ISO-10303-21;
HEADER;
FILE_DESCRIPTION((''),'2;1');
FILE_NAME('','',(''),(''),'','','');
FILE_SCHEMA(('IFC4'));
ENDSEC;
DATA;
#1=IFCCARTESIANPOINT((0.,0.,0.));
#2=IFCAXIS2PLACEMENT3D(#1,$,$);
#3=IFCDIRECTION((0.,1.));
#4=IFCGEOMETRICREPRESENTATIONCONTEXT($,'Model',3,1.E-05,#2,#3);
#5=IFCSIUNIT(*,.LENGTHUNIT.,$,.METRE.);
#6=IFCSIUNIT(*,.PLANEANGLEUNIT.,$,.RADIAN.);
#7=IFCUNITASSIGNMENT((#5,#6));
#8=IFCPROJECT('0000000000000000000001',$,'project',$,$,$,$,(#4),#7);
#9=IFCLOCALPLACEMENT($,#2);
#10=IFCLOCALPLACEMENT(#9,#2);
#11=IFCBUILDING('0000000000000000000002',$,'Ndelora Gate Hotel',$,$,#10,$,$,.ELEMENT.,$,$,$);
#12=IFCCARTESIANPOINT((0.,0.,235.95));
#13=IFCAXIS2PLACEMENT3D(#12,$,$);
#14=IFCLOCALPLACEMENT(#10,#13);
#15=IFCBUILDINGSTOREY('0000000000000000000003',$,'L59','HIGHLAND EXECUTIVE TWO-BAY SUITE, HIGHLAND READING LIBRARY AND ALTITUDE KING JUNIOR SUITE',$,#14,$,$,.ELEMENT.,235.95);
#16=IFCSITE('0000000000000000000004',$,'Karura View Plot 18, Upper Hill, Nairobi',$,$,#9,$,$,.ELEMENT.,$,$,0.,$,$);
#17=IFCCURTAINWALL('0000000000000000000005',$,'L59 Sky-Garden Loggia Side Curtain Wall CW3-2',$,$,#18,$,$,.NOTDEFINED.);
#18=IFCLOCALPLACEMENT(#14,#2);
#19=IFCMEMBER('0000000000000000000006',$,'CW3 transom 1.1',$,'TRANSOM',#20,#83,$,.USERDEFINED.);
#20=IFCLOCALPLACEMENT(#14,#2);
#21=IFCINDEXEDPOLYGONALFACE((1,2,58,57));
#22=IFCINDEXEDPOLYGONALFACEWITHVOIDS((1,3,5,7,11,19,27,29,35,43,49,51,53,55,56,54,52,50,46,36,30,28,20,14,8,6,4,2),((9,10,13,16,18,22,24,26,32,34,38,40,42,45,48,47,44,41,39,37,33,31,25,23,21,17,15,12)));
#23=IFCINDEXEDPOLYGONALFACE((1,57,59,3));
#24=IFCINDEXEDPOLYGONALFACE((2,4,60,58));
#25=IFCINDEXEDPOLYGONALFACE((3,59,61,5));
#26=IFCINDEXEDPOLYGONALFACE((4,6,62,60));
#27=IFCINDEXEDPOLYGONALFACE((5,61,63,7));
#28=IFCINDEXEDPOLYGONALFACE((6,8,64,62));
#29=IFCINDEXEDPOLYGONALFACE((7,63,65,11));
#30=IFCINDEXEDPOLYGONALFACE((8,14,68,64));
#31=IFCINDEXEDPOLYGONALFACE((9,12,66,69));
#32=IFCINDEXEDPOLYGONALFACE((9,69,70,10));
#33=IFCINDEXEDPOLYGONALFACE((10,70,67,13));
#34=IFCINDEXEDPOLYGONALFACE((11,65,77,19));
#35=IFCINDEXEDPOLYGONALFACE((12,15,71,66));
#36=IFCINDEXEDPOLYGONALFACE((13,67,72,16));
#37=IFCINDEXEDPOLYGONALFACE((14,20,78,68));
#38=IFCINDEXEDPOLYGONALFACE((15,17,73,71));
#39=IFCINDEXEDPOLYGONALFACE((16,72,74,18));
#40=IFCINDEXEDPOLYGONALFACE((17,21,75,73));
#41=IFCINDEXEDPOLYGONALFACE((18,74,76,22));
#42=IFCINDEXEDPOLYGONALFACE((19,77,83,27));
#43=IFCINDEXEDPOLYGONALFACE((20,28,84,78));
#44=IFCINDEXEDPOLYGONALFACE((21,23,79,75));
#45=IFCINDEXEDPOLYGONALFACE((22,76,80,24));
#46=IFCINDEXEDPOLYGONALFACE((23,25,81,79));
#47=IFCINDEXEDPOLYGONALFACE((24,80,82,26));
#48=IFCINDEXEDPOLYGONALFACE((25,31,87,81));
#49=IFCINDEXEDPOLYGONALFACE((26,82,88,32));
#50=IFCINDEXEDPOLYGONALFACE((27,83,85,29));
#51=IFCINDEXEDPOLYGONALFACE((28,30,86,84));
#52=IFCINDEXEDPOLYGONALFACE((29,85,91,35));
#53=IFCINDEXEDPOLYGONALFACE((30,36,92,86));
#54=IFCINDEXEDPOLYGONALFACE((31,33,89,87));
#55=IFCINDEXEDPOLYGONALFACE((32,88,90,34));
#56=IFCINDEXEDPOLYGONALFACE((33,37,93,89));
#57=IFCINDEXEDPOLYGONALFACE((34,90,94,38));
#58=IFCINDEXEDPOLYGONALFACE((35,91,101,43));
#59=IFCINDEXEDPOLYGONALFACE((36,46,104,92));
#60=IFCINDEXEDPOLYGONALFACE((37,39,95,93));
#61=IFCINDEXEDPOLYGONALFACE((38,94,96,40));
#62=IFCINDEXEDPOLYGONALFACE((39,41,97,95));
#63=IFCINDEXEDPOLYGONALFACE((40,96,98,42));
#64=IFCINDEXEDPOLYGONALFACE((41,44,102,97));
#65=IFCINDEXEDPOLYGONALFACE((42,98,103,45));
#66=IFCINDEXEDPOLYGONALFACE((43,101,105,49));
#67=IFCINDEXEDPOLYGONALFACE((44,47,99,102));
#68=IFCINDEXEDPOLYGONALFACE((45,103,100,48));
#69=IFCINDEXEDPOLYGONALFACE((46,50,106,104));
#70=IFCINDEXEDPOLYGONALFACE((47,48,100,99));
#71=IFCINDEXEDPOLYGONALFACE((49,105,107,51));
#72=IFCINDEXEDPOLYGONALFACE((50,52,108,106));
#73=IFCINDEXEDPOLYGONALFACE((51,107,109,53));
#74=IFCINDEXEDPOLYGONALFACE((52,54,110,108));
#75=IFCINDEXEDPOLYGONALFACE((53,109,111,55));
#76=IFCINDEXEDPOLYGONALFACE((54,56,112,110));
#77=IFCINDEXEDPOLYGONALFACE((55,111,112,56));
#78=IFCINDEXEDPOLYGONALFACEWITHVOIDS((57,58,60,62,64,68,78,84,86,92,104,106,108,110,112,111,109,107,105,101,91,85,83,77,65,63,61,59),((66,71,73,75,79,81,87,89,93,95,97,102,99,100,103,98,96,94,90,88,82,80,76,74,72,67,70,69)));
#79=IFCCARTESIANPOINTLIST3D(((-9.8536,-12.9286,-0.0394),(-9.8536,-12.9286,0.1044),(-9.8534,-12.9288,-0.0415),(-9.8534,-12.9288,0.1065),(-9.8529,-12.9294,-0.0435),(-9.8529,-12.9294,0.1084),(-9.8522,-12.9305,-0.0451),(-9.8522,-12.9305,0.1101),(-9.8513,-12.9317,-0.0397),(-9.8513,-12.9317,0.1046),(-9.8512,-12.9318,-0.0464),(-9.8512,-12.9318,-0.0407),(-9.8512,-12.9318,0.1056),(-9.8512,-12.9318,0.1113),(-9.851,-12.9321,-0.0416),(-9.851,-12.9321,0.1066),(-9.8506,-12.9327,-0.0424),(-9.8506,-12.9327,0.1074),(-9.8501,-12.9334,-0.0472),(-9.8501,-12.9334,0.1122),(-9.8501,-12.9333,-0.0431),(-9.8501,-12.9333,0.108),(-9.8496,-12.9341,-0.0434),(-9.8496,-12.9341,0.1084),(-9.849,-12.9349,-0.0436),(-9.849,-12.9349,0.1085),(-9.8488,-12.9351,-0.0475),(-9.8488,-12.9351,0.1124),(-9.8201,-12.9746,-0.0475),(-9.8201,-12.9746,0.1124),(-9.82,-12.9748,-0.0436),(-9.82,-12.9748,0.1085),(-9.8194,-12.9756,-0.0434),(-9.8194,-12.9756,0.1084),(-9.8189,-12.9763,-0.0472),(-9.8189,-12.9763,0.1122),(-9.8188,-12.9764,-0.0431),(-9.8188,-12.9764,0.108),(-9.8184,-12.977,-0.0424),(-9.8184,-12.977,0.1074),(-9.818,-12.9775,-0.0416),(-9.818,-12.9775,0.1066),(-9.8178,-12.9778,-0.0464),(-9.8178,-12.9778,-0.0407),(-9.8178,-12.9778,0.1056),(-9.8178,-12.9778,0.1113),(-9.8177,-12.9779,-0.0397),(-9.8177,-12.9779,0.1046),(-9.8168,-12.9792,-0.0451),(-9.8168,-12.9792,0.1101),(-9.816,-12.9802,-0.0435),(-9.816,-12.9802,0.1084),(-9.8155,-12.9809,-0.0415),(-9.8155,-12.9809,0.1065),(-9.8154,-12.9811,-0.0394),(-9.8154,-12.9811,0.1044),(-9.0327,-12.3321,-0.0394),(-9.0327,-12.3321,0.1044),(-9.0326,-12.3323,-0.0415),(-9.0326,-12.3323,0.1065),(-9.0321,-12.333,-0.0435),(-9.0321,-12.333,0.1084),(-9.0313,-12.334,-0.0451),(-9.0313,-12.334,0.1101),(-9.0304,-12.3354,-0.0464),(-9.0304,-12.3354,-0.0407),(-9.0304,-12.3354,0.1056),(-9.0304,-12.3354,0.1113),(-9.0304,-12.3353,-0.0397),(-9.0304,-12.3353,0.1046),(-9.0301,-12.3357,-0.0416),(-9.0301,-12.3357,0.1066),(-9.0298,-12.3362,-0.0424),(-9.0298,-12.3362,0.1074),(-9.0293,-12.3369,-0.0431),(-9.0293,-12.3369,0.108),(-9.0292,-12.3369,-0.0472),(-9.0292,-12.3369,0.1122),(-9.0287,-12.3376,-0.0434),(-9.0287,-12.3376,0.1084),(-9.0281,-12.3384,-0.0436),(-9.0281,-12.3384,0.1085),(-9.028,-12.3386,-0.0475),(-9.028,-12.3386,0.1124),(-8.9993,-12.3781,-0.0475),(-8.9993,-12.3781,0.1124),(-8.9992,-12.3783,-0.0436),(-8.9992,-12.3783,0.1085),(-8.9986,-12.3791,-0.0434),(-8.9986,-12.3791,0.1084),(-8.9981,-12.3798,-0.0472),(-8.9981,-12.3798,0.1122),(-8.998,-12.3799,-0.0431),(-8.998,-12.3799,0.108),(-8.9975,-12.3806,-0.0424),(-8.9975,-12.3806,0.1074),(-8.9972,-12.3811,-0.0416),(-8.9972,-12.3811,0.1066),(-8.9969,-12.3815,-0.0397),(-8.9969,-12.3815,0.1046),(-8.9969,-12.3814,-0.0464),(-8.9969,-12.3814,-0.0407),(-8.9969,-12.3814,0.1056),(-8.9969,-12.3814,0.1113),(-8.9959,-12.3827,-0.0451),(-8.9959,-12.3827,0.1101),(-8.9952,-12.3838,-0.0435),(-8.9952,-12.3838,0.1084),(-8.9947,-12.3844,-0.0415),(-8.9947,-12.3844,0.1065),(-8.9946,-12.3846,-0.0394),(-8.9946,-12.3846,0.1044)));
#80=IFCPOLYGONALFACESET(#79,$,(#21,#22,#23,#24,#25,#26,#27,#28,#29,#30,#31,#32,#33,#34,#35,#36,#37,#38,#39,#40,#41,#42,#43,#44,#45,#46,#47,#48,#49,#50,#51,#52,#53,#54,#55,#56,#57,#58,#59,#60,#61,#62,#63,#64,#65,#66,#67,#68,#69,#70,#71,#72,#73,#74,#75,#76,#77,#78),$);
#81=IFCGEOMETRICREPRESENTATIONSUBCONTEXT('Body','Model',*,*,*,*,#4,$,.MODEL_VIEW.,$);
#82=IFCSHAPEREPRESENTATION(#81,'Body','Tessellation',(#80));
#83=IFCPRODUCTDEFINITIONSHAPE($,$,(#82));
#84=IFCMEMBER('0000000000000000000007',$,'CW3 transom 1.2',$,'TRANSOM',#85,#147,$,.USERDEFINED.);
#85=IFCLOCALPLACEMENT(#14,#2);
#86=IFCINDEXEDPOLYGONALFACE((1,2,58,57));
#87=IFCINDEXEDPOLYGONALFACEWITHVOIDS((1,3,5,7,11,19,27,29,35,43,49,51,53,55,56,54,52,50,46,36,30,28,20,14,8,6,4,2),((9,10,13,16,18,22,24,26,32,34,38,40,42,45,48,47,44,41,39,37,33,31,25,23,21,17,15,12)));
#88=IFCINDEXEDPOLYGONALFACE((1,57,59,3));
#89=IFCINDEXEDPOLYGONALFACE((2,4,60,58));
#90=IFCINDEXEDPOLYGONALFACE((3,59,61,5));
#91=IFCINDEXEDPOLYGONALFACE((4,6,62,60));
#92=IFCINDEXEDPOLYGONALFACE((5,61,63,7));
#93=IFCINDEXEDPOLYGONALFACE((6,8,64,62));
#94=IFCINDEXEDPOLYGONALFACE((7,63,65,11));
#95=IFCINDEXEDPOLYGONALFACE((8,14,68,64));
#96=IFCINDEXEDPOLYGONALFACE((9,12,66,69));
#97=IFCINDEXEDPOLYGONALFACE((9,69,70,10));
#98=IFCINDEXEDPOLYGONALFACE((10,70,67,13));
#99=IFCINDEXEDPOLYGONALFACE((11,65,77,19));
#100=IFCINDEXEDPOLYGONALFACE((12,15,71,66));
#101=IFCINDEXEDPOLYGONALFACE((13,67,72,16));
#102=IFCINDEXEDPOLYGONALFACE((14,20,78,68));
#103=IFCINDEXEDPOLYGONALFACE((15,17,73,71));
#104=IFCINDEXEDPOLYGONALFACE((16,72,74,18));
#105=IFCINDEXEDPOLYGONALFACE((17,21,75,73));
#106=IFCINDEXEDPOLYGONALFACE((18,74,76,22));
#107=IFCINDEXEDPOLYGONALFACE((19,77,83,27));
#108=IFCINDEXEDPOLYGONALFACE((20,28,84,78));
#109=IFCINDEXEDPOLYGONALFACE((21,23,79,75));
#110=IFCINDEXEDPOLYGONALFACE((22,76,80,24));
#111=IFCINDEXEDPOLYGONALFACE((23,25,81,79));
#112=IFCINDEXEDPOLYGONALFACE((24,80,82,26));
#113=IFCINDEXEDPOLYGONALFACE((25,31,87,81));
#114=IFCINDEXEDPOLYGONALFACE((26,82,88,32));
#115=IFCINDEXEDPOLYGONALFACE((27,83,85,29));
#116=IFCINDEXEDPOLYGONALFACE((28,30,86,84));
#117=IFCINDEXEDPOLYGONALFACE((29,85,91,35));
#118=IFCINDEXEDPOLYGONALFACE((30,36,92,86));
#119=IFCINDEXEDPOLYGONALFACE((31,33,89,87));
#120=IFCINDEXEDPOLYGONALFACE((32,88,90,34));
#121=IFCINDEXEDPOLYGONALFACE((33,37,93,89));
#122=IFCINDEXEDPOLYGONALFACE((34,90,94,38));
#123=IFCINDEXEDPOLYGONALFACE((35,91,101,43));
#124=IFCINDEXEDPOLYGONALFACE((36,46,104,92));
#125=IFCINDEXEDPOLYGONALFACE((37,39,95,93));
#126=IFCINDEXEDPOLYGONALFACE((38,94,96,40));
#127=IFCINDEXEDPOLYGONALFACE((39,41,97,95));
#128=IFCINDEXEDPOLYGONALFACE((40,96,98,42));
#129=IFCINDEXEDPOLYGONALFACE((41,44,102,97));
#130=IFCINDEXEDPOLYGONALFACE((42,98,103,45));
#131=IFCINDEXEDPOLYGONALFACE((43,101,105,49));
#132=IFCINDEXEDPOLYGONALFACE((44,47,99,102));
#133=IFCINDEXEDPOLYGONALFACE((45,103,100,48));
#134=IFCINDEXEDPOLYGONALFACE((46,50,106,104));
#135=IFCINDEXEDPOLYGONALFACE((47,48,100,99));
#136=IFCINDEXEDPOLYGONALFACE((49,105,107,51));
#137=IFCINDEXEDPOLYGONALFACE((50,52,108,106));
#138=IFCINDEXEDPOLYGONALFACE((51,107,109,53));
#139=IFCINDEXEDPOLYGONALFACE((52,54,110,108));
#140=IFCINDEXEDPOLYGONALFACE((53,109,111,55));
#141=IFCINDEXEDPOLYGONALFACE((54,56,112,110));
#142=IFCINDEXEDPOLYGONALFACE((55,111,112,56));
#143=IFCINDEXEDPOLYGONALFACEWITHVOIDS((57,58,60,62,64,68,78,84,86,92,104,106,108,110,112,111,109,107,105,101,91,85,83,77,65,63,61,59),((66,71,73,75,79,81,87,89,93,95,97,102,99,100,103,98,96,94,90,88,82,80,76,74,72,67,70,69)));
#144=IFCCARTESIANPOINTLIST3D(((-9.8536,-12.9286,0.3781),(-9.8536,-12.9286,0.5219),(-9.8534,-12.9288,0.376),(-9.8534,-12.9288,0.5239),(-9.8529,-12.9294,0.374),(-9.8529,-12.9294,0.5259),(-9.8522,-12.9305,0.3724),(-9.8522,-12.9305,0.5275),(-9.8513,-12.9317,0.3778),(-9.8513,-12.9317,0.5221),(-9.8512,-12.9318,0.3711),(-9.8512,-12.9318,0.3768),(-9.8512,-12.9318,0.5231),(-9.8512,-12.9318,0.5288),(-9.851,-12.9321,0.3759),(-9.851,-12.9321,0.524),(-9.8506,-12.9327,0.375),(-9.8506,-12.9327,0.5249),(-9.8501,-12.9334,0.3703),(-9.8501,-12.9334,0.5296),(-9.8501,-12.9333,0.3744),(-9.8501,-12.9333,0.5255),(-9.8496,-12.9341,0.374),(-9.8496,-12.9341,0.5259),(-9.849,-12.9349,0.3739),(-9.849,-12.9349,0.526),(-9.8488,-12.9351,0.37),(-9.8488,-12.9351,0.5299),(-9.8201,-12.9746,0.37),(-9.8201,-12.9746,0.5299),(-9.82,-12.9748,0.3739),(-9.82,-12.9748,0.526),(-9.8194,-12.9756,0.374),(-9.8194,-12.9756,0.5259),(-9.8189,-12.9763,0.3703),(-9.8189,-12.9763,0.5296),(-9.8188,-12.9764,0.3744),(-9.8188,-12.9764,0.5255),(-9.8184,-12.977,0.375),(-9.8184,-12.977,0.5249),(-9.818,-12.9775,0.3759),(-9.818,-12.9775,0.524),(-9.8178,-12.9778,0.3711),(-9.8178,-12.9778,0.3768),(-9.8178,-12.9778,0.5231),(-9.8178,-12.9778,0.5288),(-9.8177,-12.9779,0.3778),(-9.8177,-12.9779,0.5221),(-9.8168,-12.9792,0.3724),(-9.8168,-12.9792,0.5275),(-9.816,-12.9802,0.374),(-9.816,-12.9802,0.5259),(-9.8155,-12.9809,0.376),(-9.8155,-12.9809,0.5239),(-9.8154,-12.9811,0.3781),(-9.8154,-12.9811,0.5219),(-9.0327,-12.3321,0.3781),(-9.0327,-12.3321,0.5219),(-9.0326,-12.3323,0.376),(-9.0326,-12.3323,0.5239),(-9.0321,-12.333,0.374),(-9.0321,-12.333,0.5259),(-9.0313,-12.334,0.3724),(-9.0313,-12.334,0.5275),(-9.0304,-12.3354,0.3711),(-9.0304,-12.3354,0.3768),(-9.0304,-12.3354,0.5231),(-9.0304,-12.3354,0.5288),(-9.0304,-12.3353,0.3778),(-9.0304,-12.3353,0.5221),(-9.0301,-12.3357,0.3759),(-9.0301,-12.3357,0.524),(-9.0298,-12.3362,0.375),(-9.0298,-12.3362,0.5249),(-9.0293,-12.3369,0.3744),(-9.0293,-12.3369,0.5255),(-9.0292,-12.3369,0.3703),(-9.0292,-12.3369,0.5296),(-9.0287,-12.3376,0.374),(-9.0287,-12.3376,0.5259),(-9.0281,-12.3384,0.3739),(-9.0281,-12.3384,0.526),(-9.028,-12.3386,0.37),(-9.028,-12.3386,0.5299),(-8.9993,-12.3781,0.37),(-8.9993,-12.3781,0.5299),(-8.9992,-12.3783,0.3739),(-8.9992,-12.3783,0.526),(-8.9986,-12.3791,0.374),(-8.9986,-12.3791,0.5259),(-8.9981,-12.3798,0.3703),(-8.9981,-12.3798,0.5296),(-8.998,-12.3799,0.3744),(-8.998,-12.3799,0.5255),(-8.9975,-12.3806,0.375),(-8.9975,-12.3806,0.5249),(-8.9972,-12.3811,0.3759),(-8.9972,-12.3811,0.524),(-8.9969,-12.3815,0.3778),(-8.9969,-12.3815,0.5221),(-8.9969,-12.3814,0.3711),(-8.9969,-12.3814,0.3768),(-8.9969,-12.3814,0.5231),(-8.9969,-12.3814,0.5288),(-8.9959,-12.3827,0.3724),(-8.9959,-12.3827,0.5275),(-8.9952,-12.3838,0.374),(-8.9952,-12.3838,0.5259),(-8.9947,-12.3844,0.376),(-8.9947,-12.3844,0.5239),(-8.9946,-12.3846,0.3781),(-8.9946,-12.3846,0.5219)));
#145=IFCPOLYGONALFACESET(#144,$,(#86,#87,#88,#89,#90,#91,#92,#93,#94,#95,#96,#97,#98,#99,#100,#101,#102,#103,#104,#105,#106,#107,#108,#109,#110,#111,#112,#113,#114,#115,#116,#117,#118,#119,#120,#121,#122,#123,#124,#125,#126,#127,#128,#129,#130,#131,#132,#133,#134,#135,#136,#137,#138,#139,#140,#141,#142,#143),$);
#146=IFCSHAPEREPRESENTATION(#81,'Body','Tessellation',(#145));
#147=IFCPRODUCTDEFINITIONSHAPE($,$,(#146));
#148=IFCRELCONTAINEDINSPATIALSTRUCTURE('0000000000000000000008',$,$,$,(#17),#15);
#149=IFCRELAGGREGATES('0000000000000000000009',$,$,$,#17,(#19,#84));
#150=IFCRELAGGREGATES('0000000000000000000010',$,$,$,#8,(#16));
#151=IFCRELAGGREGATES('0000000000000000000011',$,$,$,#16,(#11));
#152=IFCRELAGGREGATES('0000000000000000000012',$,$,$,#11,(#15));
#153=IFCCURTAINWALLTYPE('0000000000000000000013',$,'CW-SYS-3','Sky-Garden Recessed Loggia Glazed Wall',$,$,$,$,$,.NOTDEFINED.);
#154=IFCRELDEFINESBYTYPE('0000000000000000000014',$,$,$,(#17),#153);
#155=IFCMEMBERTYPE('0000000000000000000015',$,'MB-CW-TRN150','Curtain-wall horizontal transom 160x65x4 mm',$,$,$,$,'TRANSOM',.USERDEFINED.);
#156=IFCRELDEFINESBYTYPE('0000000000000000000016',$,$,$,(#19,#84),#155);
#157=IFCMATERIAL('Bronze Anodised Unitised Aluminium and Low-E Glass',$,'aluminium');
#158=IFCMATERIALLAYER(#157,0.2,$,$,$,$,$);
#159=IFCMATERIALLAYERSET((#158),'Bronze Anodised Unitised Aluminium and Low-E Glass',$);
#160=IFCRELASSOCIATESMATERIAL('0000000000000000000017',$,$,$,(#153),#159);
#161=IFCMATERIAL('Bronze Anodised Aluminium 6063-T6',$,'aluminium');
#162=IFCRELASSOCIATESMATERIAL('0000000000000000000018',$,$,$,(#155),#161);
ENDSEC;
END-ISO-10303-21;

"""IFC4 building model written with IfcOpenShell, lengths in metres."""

from ifc_helpers import new_model, si_unit, direction, frame, origin, origin_2d, place, context, subcontext, project, spatial, hollow_rectangle, extrude, material, layer, layer_set, material_profile, profile_set, type_object, element, aggregate, save


model = new_model("IFC4")

# Units and contexts
model_context = context("Model", 3, precision=1e-05, world=origin(), true_north=direction((0.0, 1.0)))
body_context = subcontext(model_context, "Body", "Model", "MODEL_VIEW")
ifc_project = project(units=[si_unit("LENGTHUNIT", "METRE"), si_unit("PLANEANGLEUNIT", "RADIAN")], contexts=[model_context])

# Site, building, storey
site_placement = place(None, origin())
site = spatial("IfcSite", under=ifc_project, at=site_placement, Name="Karura View Plot 18, Upper Hill, Nairobi", CompositionType="ELEMENT", RefElevation=0.0)
building_placement = place(site_placement, origin())
building = spatial("IfcBuilding", under=site, at=building_placement, Name="Ndelora Gate Hotel", CompositionType="ELEMENT")
storey_placement = place(building_placement, frame((0.0, 0.0, 235.95)))
storey = spatial("IfcBuildingStorey", under=building, at=storey_placement, Name="L59", Description="HIGHLAND EXECUTIVE TWO-BAY SUITE, HIGHLAND READING LIBRARY AND ALTITUDE KING JUNIOR SUITE", CompositionType="ELEMENT", Elevation=235.95)

# Curtain wall, members
ifc_material_1 = material(Name="Bronze Anodised Unitised Aluminium and Low-E Glass", Category="aluminium")
ifc_layer_1 = layer(ifc_material_1, 0.2)
ifc_layer_set_1 = layer_set([ifc_layer_1], Name="Bronze Anodised Unitised Aluminium and Low-E Glass")
curtain_wall_type = type_object("IfcCurtainWallType", Name="CW-SYS-3", Description="Sky-Garden Recessed Loggia Glazed Wall", PredefinedType="NOTDEFINED", material=ifc_layer_set_1)
curtain_wall_placement = place(storey_placement, origin())
curtain_wall = element("IfcCurtainWall", 1, at=curtain_wall_placement, inside=storey, type_object=curtain_wall_type, Name="L59 Sky-Garden Loggia Side Curtain Wall CW3-2", PredefinedType="NOTDEFINED")
ifc_material_2 = material(Name="Bronze Anodised Aluminium 6063-T6", Category="aluminium")
ifc_material_profile_1 = material_profile(ifc_material_2, hollow_rectangle(XDim=0.0649, YDim=0.1599, WallThickness=0.0039, InnerFilletRadius=0.0039, OuterFilletRadius=0.0081, at=origin_2d()), Name="ALU 160x65x4")
ifc_profile_set_1 = profile_set([ifc_material_profile_1], Name="Bronze Anodised Aluminium 6063-T6")
member_type_1 = type_object("IfcMemberType", Name="MB-CW-TRN150", Description="Curtain-wall horizontal transom 160x65x4 mm", ElementType="TRANSOM", PredefinedType="USERDEFINED", material=ifc_profile_set_1)
member_1_placement = place(storey_placement, frame((-9.8345, -12.9548, 0.0325), z_axis=(0.808975, 0.587843, 0.0), x_axis=(-0.587843, 0.808975, 0.0)))
member_1 = element("IfcMember", 2, at=member_1_placement, type_object=member_type_1, Name="CW3 transom 1.1", ObjectType="TRANSOM", PredefinedType="USERDEFINED", context=body_context, shape_type="SweptSolid", body=[
    extrude(hollow_rectangle(XDim=0.0649, YDim=0.1599, WallThickness=0.0039, InnerFilletRadius=0.0039, OuterFilletRadius=0.0081, at=origin_2d()), origin(), (0.0, 0.0, 1.0), 1.0146),
])
member_2_placement = place(storey_placement, frame((-9.8345, -12.9548, 0.45), z_axis=(0.808975, 0.587843, 0.0), x_axis=(-0.587843, 0.808975, 0.0)))
member_2 = element("IfcMember", 3, at=member_2_placement, type_object=member_type_1, Name="CW3 transom 1.2", ObjectType="TRANSOM", PredefinedType="USERDEFINED", context=body_context, shape_type="SweptSolid", body=[
    extrude(hollow_rectangle(XDim=0.0649, YDim=0.1599, WallThickness=0.0039, InnerFilletRadius=0.0039, OuterFilletRadius=0.0081, at=origin_2d()), origin(), (0.0, 0.0, 1.0), 1.0146),
])
aggregate(curtain_wall, [member_1, member_2])

save(model, "model.ifc")
